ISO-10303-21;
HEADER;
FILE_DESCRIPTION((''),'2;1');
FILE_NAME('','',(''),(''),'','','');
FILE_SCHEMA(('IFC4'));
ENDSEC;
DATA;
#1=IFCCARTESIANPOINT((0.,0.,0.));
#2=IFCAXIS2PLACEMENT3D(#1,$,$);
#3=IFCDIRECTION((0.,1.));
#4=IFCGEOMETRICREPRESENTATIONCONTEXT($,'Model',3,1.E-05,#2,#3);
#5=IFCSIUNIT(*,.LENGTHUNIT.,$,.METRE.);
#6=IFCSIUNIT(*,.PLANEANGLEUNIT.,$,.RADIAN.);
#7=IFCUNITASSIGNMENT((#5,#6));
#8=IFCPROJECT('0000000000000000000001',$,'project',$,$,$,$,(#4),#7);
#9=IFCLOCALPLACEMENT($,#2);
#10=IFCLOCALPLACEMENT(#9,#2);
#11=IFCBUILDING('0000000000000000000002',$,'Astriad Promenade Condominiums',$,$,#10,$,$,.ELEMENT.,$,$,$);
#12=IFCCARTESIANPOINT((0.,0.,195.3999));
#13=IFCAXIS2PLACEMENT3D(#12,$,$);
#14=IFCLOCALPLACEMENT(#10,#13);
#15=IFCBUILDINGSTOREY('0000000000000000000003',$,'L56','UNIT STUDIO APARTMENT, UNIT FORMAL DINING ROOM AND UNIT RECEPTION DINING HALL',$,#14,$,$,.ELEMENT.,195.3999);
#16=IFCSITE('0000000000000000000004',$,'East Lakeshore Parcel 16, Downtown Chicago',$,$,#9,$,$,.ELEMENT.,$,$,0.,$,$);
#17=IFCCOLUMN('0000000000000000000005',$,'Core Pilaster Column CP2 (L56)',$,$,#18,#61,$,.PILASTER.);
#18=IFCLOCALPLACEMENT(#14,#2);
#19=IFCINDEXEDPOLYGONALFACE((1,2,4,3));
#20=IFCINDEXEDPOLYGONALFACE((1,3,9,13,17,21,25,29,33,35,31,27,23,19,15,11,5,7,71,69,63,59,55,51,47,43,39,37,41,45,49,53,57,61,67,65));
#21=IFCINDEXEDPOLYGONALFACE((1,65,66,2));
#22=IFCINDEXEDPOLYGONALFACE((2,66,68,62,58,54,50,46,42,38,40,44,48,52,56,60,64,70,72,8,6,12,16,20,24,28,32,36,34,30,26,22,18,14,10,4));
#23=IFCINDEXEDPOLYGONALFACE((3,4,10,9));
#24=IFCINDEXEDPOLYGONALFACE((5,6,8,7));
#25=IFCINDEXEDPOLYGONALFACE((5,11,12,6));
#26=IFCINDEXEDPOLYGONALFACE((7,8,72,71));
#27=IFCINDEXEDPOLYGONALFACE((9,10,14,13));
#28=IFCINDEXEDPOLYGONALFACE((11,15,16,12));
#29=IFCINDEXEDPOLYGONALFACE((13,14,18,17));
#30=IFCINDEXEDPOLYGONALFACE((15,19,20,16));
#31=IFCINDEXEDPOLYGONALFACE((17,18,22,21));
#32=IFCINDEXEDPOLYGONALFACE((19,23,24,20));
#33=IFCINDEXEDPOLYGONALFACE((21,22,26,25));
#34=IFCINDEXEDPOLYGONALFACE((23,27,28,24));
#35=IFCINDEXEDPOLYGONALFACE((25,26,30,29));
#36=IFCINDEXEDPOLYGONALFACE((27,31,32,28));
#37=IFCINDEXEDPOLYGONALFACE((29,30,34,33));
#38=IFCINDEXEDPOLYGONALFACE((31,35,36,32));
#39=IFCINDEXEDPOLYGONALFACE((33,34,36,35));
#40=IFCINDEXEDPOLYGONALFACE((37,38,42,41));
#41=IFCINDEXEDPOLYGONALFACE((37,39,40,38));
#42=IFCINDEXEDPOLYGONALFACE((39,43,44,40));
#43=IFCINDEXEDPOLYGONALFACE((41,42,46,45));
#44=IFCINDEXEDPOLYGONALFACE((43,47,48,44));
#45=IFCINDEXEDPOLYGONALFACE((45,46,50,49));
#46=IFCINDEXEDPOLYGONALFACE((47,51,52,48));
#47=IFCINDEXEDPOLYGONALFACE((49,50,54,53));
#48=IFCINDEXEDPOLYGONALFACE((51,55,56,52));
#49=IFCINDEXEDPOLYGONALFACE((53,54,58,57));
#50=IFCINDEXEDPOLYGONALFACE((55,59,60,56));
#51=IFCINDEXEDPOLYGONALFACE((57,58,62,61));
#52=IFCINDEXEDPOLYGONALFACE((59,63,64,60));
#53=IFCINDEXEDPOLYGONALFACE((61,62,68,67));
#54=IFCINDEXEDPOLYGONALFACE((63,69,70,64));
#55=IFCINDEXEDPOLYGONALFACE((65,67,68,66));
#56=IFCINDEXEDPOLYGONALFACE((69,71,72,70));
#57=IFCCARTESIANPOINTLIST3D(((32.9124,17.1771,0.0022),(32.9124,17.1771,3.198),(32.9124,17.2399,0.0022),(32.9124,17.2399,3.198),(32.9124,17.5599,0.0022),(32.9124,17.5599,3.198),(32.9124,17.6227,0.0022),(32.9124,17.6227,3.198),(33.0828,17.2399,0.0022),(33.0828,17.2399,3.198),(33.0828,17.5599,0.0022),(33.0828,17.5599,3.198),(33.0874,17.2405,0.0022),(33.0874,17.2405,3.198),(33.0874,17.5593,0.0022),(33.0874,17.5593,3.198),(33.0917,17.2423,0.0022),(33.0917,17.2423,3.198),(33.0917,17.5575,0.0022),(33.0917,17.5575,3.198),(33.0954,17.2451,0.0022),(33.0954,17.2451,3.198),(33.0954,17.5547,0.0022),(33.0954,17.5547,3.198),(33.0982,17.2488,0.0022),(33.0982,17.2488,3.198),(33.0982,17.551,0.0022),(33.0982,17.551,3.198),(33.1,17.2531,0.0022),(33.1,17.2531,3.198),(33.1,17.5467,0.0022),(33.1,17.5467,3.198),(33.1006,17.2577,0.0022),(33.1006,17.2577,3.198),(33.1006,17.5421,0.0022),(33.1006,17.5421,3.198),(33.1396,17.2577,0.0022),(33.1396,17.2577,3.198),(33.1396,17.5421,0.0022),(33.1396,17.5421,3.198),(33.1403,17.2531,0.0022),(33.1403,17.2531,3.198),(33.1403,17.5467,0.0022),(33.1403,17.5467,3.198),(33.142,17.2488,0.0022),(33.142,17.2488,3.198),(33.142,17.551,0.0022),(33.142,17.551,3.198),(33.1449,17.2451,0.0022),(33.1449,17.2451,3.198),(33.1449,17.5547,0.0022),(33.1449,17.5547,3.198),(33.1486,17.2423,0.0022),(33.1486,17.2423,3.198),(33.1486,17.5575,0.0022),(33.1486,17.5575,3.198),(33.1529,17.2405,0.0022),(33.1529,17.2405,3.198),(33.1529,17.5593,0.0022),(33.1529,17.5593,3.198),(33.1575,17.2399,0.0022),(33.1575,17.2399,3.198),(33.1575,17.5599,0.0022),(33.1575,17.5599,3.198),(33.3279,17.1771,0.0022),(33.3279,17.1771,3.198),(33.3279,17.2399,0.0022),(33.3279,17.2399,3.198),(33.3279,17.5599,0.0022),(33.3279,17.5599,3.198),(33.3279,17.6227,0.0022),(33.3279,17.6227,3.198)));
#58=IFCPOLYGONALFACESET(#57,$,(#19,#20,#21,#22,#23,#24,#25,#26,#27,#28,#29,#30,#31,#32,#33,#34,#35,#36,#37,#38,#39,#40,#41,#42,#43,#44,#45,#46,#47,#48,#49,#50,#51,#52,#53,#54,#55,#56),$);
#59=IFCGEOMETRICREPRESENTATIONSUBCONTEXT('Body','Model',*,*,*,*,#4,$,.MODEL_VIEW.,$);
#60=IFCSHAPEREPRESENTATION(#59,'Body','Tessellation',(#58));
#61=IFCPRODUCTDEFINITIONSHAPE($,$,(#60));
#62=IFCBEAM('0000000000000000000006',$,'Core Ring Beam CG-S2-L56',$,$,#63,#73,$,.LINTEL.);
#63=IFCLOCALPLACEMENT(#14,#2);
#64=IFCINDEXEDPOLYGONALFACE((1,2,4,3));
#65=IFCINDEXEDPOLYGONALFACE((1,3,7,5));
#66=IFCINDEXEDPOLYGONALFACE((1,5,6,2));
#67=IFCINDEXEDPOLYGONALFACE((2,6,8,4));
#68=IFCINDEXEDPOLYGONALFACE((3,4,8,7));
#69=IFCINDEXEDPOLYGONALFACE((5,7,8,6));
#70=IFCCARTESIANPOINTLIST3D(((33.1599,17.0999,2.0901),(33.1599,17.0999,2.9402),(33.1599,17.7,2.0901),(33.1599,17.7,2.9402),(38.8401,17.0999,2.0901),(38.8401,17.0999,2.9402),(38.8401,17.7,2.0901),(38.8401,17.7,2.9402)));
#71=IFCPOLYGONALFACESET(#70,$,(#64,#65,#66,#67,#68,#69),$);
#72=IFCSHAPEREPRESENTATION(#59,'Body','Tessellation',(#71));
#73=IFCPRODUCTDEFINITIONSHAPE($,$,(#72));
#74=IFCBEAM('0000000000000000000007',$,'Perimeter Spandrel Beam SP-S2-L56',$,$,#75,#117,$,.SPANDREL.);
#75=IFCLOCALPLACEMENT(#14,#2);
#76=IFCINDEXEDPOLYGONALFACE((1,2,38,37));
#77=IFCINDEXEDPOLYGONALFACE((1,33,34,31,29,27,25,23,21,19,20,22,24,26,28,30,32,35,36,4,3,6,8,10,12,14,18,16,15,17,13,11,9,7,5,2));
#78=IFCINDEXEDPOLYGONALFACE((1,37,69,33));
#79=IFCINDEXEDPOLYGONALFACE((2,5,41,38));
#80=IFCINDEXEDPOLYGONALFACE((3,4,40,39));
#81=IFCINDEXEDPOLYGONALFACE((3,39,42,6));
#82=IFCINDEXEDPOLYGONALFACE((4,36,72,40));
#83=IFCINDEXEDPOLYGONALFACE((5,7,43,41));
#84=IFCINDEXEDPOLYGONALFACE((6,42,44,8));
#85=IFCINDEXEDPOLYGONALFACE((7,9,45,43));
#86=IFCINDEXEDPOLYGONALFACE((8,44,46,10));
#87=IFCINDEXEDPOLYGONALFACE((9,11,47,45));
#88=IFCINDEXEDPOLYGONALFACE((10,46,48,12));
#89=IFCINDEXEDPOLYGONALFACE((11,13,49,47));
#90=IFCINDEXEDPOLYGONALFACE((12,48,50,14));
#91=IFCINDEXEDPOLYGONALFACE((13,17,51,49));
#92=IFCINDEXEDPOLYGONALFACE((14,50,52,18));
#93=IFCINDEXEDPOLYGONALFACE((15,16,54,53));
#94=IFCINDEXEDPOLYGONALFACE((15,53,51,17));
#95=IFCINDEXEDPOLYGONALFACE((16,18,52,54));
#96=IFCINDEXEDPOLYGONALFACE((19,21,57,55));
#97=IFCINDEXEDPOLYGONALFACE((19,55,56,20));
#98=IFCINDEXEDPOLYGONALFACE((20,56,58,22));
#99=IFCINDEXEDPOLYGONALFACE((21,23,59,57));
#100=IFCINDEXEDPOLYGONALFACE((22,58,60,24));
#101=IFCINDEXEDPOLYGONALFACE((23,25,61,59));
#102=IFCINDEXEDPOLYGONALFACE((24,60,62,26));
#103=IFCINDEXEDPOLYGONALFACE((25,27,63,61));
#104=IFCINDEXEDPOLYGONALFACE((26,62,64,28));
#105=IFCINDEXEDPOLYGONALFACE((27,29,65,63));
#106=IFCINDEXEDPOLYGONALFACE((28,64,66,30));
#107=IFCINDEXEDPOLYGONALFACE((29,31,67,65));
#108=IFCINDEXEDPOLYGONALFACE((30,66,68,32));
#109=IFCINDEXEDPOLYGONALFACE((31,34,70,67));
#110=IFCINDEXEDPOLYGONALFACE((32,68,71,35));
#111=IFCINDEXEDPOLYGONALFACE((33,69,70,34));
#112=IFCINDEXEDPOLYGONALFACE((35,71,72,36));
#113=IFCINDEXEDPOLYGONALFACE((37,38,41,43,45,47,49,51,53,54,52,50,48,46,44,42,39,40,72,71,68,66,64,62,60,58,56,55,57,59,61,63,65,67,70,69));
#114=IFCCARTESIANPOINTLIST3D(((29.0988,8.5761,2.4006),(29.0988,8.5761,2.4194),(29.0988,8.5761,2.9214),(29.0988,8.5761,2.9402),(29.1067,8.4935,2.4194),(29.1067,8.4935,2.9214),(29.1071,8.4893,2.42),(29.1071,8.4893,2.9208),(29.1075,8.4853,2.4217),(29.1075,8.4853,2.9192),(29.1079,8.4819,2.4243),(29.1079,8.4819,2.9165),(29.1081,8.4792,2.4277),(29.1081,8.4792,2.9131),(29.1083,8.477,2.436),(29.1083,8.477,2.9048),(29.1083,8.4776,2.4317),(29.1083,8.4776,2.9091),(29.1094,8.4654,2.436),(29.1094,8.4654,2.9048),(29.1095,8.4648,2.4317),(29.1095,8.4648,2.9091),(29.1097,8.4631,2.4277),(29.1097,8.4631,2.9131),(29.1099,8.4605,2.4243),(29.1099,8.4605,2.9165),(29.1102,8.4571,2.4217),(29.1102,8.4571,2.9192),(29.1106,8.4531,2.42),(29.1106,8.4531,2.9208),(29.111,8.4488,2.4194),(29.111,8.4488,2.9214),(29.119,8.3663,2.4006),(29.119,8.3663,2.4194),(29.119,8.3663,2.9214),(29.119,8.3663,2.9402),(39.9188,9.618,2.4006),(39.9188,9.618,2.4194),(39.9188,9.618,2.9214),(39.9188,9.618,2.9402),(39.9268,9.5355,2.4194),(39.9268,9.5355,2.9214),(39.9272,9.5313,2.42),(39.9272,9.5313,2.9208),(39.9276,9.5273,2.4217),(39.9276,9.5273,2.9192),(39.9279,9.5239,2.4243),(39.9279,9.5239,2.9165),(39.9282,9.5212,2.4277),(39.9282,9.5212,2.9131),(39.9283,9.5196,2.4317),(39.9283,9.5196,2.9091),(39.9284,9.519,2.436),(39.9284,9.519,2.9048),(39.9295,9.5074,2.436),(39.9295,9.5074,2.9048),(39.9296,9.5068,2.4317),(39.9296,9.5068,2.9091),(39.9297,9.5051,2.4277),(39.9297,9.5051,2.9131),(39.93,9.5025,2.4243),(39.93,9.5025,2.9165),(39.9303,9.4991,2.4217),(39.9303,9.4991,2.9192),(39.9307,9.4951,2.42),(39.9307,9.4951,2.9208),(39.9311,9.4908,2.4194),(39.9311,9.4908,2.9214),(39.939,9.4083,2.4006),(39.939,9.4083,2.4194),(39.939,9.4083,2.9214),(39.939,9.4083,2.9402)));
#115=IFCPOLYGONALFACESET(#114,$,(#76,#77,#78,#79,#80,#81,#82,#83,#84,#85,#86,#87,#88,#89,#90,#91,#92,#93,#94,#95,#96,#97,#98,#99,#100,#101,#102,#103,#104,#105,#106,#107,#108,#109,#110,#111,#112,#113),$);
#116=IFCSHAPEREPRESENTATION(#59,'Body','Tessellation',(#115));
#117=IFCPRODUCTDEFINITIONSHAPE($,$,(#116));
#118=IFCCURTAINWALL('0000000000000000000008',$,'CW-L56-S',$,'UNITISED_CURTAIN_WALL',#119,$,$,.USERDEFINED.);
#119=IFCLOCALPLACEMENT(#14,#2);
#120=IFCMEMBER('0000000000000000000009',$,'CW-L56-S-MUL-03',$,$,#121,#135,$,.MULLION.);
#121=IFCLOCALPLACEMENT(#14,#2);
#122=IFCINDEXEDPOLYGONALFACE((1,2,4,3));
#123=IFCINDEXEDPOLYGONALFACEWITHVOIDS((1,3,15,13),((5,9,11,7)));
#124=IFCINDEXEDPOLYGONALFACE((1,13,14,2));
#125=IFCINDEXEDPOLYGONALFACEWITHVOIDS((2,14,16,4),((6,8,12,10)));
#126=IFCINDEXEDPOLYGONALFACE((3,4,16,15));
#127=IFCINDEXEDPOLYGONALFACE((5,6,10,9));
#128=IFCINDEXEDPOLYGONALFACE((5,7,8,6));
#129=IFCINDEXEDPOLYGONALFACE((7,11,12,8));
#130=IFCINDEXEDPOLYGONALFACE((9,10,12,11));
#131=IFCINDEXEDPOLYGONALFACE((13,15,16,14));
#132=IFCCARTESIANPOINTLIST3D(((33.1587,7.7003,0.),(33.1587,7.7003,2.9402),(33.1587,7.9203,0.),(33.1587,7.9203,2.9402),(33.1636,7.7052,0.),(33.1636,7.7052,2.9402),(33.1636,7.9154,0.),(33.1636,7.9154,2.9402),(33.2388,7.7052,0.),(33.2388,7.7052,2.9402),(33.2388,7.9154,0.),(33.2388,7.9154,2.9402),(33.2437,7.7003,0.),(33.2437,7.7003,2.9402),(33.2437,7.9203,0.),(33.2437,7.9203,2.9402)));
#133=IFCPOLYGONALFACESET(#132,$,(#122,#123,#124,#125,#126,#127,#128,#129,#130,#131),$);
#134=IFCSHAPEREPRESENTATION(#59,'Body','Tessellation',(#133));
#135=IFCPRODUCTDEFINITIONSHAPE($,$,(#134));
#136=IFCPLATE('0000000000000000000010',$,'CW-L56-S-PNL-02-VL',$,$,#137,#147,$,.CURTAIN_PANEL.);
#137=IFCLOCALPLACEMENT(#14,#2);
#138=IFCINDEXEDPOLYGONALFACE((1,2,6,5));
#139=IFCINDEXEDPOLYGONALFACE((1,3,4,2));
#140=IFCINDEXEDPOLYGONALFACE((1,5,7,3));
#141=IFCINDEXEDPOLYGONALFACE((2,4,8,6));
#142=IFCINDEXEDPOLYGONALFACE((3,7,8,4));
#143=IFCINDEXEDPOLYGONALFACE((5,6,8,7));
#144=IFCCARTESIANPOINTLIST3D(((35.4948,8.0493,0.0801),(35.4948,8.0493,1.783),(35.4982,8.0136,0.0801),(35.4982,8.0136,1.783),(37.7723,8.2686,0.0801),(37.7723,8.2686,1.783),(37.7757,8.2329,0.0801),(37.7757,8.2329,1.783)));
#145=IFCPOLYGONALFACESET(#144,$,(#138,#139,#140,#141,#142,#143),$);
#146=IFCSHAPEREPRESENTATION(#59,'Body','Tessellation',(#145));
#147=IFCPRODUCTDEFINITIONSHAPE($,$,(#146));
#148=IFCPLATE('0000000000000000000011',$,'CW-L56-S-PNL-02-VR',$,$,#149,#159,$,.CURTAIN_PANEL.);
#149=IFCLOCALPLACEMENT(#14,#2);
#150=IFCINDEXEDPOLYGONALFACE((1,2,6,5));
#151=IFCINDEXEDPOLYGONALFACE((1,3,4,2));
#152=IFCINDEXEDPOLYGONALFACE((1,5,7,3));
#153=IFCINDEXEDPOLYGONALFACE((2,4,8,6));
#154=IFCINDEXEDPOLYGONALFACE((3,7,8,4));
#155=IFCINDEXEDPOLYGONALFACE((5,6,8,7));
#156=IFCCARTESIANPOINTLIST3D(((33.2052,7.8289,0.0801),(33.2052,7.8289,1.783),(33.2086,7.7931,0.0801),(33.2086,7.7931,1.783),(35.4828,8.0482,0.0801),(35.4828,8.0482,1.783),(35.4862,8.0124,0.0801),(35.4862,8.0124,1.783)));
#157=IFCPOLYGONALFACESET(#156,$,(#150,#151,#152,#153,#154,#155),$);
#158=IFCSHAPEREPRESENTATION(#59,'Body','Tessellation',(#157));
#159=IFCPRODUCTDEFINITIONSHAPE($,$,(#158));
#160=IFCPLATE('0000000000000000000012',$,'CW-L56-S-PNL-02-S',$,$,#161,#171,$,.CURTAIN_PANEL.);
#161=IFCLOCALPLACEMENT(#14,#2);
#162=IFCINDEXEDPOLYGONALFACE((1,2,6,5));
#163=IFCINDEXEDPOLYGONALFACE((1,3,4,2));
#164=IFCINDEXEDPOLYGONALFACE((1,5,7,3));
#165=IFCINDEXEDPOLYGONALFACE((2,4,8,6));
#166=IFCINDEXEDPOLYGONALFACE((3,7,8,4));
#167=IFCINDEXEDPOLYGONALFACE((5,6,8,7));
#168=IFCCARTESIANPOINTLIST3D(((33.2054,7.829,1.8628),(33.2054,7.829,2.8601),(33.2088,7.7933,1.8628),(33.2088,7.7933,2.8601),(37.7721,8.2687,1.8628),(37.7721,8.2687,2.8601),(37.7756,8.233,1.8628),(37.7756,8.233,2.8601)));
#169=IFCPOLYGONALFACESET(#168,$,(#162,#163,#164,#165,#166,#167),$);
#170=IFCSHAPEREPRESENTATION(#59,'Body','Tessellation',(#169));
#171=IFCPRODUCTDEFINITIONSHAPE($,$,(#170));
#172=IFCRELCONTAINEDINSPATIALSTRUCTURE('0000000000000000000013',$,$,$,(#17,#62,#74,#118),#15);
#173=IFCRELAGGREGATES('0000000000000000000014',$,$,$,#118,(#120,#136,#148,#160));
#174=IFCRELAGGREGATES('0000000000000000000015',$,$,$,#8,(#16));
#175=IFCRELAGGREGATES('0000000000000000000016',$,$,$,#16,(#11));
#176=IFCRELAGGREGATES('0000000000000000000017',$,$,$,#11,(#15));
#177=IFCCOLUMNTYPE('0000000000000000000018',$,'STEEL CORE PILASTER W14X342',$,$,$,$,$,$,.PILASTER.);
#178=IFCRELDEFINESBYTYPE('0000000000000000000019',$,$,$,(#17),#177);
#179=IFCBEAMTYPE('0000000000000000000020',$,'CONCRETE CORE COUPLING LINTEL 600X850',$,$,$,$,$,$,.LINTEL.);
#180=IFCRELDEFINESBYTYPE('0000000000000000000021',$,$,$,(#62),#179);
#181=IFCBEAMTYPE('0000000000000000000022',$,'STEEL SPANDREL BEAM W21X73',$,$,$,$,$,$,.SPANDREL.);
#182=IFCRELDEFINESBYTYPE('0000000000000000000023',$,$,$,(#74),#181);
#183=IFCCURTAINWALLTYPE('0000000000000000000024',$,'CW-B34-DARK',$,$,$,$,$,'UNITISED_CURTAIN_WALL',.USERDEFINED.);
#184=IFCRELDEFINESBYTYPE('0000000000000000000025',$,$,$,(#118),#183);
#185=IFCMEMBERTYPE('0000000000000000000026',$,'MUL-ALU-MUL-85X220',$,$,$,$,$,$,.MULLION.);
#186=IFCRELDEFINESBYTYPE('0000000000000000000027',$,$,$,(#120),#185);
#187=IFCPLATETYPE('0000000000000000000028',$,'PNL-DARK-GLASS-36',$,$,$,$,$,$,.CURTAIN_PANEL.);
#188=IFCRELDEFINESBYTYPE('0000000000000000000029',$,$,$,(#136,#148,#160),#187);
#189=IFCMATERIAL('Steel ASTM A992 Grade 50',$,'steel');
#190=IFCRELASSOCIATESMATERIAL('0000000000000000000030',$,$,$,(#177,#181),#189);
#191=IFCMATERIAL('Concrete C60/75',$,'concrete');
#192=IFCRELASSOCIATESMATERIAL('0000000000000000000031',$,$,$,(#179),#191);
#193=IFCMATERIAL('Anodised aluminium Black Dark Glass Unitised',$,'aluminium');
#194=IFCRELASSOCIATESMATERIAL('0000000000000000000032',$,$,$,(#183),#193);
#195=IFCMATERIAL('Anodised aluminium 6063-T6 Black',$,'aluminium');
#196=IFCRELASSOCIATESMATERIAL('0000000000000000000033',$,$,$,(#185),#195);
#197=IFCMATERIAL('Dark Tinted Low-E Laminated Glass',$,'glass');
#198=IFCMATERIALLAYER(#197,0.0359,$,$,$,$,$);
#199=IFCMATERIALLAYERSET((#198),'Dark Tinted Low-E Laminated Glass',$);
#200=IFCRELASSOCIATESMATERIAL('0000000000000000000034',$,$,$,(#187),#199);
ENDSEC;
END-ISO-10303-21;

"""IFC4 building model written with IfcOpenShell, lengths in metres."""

from ifc_helpers import new_model, si_unit, direction, frame, origin, origin_2d, place, context, subcontext, project, spatial, rectangle, hollow_rectangle, i_section, extrude, source, transform, mapped, material, layer, layer_set, material_profile, profile_set, type_object, type_shapes, element, aggregate, save


model = new_model("IFC4")

# Units and contexts
model_context = context("Model", 3, precision=1e-05, world=origin(), true_north=direction((0.0, 1.0)))
body_context = subcontext(model_context, "Body", "Model", "MODEL_VIEW")
ifc_project = project(units=[si_unit("LENGTHUNIT", "METRE"), si_unit("PLANEANGLEUNIT", "RADIAN")], contexts=[model_context])

# Site, building, storey
site_placement = place(None, origin())
site = spatial("IfcSite", under=ifc_project, at=site_placement, Name="East Lakeshore Parcel 16, Downtown Chicago", CompositionType="ELEMENT", RefElevation=0.0)
building_placement = place(site_placement, origin())
building = spatial("IfcBuilding", under=site, at=building_placement, Name="Astriad Promenade Condominiums", CompositionType="ELEMENT")
storey_placement = place(building_placement, frame((0.0, 0.0, 195.3999)))
storey = spatial("IfcBuildingStorey", under=building, at=storey_placement, Name="L56", Description="UNIT STUDIO APARTMENT, UNIT FORMAL DINING ROOM AND UNIT RECEPTION DINING HALL", CompositionType="ELEMENT", Elevation=195.3999)

# Column
ifc_material_1 = material(Name="Steel ASTM A992 Grade 50", Category="steel")
ifc_material_profile_1 = material_profile(ifc_material_1, i_section(OverallWidth=0.4155, OverallDepth=0.4456, WebThickness=0.0391, FlangeThickness=0.0627, FilletRadius=0.0178, at=origin_2d()), Name="W14X342")
ifc_profile_set_1 = profile_set([ifc_material_profile_1], Name="Steel ASTM A992 Grade 50")
column_type = type_object("IfcColumnType", Name="STEEL CORE PILASTER W14X342", PredefinedType="PILASTER", material=ifc_profile_set_1)
shared_shape_1 = source(origin(), body_context, "Body", "SweptSolid", [
    extrude(i_section(OverallWidth=0.4155, OverallDepth=0.4456, WebThickness=0.0391, FlangeThickness=0.0627, FilletRadius=0.0178, at=origin_2d()), origin(), (0.0, 0.0, 1.0), 3.1958),
])
type_shapes(column_type, [shared_shape_1])
column_placement = place(storey_placement, frame((33.1201, 17.3999, 0.0022), z_axis=(0.0, 0.0, 1.0), x_axis=(1.0, 0.0, 0.0)))
element("IfcColumn", 1, at=column_placement, inside=storey, type_object=column_type, Name="Core Pilaster Column CP2 (L56)", PredefinedType="PILASTER", context=body_context, shape_type="MappedRepresentation", body=[
    mapped(shared_shape_1, transform((0.0, 0.0, 0.0), scale=1.0)),
])

# Beams
ifc_material_2 = material(Name="Concrete C60/75", Category="concrete")
ifc_material_profile_2 = material_profile(ifc_material_2, rectangle(XDim=0.6001, YDim=0.8501, at=origin_2d()), Name="RC-BM-600X850")
ifc_profile_set_2 = profile_set([ifc_material_profile_2], Name="Concrete C60/75")
beam_type_1 = type_object("IfcBeamType", Name="CONCRETE CORE COUPLING LINTEL 600X850", PredefinedType="LINTEL", material=ifc_profile_set_2)
shared_shape_2 = source(origin(), body_context, "Body", "SweptSolid", [
    extrude(rectangle(XDim=0.6001, YDim=0.8501, at=origin_2d()), origin(), (0.0, 0.0, 1.0), 5.6802),
])
type_shapes(beam_type_1, [shared_shape_2])
beam_1_placement = place(storey_placement, frame((33.1599, 17.3999, 2.5151), z_axis=(1.0, 0.0, 0.0), x_axis=(0.0, 1.0, 0.0)))
element("IfcBeam", 2, at=beam_1_placement, inside=storey, type_object=beam_type_1, Name="Core Ring Beam CG-S2-L56", PredefinedType="LINTEL", context=body_context, shape_type="MappedRepresentation", body=[
    mapped(shared_shape_2, transform((0.0, 0.0, 0.0), scale=1.0)),
])
ifc_material_profile_3 = material_profile(ifc_material_1, i_section(OverallWidth=0.2107, OverallDepth=0.5396, WebThickness=0.0117, FlangeThickness=0.0188, FilletRadius=0.0166, at=origin_2d()), Name="W21X73")
ifc_profile_set_3 = profile_set([ifc_material_profile_3], Name="Steel ASTM A992 Grade 50")
beam_type_2 = type_object("IfcBeamType", Name="STEEL SPANDREL BEAM W21X73", PredefinedType="SPANDREL", material=ifc_profile_set_3)
shared_shape_3 = source(origin(), body_context, "Body", "SweptSolid", [
    extrude(i_section(OverallWidth=0.2107, OverallDepth=0.5396, WebThickness=0.0117, FlangeThickness=0.0188, FilletRadius=0.0166, at=origin_2d()), origin(), (0.0, 0.0, 1.0), 10.8701),
])
type_shapes(beam_type_2, [shared_shape_3])
beam_2_placement = place(storey_placement, frame((29.1089, 8.4712, 2.6704), z_axis=(0.995395, 0.095858, 0.0), x_axis=(-0.095858, 0.995395, 0.0)))
element("IfcBeam", 3, at=beam_2_placement, inside=storey, type_object=beam_type_2, Name="Perimeter Spandrel Beam SP-S2-L56", PredefinedType="SPANDREL", context=body_context, shape_type="MappedRepresentation", body=[
    mapped(shared_shape_3, transform((0.0, 0.0, 0.0), scale=1.0)),
])

# Curtain wall, member, plates
ifc_material_3 = material(Name="Anodised aluminium Black Dark Glass Unitised", Category="aluminium")
curtain_wall_type = type_object("IfcCurtainWallType", Name="CW-B34-DARK", ElementType="UNITISED_CURTAIN_WALL", PredefinedType="USERDEFINED", material=ifc_material_3)
curtain_wall_placement = place(storey_placement, origin())
curtain_wall = element("IfcCurtainWall", 4, at=curtain_wall_placement, inside=storey, type_object=curtain_wall_type, Name="CW-L56-S", ObjectType="UNITISED_CURTAIN_WALL", PredefinedType="USERDEFINED")
ifc_material_4 = material(Name="Anodised aluminium 6063-T6 Black", Category="aluminium")
ifc_material_profile_4 = material_profile(ifc_material_4, hollow_rectangle(XDim=0.085, YDim=0.22, WallThickness=0.0049, at=origin_2d()), Name="ALU-MUL-85X220")
ifc_profile_set_4 = profile_set([ifc_material_profile_4], Name="Anodised aluminium 6063-T6 Black")
member_type = type_object("IfcMemberType", Name="MUL-ALU-MUL-85X220", PredefinedType="MULLION", material=ifc_profile_set_4)
shared_shape_4 = source(origin(), body_context, "Body", "SweptSolid", [
    extrude(hollow_rectangle(XDim=0.085, YDim=0.22, WallThickness=0.0049, at=origin_2d()), origin(), (0.0, 0.0, 1.0), 2.9402),
])
type_shapes(member_type, [shared_shape_4])
member_placement = place(storey_placement, frame((33.2012, 7.8103, 0.0), z_axis=(0.0, 0.0, 1.0), x_axis=(1.0, 0.0, 0.0)))
member = element("IfcMember", 5, at=member_placement, type_object=member_type, Name="CW-L56-S-MUL-03", PredefinedType="MULLION", context=body_context, shape_type="MappedRepresentation", body=[
    mapped(shared_shape_4, transform((0.0, 0.0, 0.0), scale=1.0)),
])
ifc_material_5 = material(Name="Dark Tinted Low-E Laminated Glass", Category="glass")
ifc_layer_1 = layer(ifc_material_5, 0.0359)
ifc_layer_set_1 = layer_set([ifc_layer_1], Name="Dark Tinted Low-E Laminated Glass")
plate_type = type_object("IfcPlateType", Name="PNL-DARK-GLASS-36", PredefinedType="CURTAIN_PANEL", material=ifc_layer_set_1)
shared_shape_5 = source(origin(), body_context, "Body", "SweptSolid", [
    extrude(rectangle(XDim=2.2881, YDim=0.0359, at=origin_2d()), origin(), (0.0, 0.0, 1.0), 1.7029),
])
plate_1_placement = place(storey_placement, frame((36.6353, 8.1411, 0.0801), z_axis=(0.0, 0.0, 1.0), x_axis=(-0.995396, -0.095846, 0.0)))
plate_1 = element("IfcPlate", 6, at=plate_1_placement, type_object=plate_type, Name="CW-L56-S-PNL-02-VL", PredefinedType="CURTAIN_PANEL", context=body_context, shape_type="MappedRepresentation", body=[
    mapped(shared_shape_5, transform((0.0, 0.0, 0.0), scale=1.0)),
])
plate_2_placement = place(storey_placement, frame((34.3457, 7.9207, 0.0801), z_axis=(0.0, 0.0, 1.0), x_axis=(-0.995396, -0.095846, 0.0)))
plate_2 = element("IfcPlate", 7, at=plate_2_placement, type_object=plate_type, Name="CW-L56-S-PNL-02-VR", PredefinedType="CURTAIN_PANEL", context=body_context, shape_type="MappedRepresentation", body=[
    mapped(shared_shape_5, transform((0.0, 0.0, 0.0), scale=1.0)),
])
shared_shape_6 = source(origin(), body_context, "Body", "SweptSolid", [
    extrude(rectangle(XDim=4.5879, YDim=0.0359, at=origin_2d()), origin(), (0.0, 0.0, 1.0), 0.9973),
])
type_shapes(plate_type, [shared_shape_5, shared_shape_6])
plate_3_placement = place(storey_placement, frame((35.4905, 8.031, 1.8628), z_axis=(0.0, 0.0, 1.0), x_axis=(-0.995396, -0.095846, 0.0)))
plate_3 = element("IfcPlate", 8, at=plate_3_placement, type_object=plate_type, Name="CW-L56-S-PNL-02-S", PredefinedType="CURTAIN_PANEL", context=body_context, shape_type="MappedRepresentation", body=[
    mapped(shared_shape_6, transform((0.0, 0.0, 0.0), scale=1.0)),
])
aggregate(curtain_wall, [member, plate_1, plate_2, plate_3])

save(model, "model.ifc")
